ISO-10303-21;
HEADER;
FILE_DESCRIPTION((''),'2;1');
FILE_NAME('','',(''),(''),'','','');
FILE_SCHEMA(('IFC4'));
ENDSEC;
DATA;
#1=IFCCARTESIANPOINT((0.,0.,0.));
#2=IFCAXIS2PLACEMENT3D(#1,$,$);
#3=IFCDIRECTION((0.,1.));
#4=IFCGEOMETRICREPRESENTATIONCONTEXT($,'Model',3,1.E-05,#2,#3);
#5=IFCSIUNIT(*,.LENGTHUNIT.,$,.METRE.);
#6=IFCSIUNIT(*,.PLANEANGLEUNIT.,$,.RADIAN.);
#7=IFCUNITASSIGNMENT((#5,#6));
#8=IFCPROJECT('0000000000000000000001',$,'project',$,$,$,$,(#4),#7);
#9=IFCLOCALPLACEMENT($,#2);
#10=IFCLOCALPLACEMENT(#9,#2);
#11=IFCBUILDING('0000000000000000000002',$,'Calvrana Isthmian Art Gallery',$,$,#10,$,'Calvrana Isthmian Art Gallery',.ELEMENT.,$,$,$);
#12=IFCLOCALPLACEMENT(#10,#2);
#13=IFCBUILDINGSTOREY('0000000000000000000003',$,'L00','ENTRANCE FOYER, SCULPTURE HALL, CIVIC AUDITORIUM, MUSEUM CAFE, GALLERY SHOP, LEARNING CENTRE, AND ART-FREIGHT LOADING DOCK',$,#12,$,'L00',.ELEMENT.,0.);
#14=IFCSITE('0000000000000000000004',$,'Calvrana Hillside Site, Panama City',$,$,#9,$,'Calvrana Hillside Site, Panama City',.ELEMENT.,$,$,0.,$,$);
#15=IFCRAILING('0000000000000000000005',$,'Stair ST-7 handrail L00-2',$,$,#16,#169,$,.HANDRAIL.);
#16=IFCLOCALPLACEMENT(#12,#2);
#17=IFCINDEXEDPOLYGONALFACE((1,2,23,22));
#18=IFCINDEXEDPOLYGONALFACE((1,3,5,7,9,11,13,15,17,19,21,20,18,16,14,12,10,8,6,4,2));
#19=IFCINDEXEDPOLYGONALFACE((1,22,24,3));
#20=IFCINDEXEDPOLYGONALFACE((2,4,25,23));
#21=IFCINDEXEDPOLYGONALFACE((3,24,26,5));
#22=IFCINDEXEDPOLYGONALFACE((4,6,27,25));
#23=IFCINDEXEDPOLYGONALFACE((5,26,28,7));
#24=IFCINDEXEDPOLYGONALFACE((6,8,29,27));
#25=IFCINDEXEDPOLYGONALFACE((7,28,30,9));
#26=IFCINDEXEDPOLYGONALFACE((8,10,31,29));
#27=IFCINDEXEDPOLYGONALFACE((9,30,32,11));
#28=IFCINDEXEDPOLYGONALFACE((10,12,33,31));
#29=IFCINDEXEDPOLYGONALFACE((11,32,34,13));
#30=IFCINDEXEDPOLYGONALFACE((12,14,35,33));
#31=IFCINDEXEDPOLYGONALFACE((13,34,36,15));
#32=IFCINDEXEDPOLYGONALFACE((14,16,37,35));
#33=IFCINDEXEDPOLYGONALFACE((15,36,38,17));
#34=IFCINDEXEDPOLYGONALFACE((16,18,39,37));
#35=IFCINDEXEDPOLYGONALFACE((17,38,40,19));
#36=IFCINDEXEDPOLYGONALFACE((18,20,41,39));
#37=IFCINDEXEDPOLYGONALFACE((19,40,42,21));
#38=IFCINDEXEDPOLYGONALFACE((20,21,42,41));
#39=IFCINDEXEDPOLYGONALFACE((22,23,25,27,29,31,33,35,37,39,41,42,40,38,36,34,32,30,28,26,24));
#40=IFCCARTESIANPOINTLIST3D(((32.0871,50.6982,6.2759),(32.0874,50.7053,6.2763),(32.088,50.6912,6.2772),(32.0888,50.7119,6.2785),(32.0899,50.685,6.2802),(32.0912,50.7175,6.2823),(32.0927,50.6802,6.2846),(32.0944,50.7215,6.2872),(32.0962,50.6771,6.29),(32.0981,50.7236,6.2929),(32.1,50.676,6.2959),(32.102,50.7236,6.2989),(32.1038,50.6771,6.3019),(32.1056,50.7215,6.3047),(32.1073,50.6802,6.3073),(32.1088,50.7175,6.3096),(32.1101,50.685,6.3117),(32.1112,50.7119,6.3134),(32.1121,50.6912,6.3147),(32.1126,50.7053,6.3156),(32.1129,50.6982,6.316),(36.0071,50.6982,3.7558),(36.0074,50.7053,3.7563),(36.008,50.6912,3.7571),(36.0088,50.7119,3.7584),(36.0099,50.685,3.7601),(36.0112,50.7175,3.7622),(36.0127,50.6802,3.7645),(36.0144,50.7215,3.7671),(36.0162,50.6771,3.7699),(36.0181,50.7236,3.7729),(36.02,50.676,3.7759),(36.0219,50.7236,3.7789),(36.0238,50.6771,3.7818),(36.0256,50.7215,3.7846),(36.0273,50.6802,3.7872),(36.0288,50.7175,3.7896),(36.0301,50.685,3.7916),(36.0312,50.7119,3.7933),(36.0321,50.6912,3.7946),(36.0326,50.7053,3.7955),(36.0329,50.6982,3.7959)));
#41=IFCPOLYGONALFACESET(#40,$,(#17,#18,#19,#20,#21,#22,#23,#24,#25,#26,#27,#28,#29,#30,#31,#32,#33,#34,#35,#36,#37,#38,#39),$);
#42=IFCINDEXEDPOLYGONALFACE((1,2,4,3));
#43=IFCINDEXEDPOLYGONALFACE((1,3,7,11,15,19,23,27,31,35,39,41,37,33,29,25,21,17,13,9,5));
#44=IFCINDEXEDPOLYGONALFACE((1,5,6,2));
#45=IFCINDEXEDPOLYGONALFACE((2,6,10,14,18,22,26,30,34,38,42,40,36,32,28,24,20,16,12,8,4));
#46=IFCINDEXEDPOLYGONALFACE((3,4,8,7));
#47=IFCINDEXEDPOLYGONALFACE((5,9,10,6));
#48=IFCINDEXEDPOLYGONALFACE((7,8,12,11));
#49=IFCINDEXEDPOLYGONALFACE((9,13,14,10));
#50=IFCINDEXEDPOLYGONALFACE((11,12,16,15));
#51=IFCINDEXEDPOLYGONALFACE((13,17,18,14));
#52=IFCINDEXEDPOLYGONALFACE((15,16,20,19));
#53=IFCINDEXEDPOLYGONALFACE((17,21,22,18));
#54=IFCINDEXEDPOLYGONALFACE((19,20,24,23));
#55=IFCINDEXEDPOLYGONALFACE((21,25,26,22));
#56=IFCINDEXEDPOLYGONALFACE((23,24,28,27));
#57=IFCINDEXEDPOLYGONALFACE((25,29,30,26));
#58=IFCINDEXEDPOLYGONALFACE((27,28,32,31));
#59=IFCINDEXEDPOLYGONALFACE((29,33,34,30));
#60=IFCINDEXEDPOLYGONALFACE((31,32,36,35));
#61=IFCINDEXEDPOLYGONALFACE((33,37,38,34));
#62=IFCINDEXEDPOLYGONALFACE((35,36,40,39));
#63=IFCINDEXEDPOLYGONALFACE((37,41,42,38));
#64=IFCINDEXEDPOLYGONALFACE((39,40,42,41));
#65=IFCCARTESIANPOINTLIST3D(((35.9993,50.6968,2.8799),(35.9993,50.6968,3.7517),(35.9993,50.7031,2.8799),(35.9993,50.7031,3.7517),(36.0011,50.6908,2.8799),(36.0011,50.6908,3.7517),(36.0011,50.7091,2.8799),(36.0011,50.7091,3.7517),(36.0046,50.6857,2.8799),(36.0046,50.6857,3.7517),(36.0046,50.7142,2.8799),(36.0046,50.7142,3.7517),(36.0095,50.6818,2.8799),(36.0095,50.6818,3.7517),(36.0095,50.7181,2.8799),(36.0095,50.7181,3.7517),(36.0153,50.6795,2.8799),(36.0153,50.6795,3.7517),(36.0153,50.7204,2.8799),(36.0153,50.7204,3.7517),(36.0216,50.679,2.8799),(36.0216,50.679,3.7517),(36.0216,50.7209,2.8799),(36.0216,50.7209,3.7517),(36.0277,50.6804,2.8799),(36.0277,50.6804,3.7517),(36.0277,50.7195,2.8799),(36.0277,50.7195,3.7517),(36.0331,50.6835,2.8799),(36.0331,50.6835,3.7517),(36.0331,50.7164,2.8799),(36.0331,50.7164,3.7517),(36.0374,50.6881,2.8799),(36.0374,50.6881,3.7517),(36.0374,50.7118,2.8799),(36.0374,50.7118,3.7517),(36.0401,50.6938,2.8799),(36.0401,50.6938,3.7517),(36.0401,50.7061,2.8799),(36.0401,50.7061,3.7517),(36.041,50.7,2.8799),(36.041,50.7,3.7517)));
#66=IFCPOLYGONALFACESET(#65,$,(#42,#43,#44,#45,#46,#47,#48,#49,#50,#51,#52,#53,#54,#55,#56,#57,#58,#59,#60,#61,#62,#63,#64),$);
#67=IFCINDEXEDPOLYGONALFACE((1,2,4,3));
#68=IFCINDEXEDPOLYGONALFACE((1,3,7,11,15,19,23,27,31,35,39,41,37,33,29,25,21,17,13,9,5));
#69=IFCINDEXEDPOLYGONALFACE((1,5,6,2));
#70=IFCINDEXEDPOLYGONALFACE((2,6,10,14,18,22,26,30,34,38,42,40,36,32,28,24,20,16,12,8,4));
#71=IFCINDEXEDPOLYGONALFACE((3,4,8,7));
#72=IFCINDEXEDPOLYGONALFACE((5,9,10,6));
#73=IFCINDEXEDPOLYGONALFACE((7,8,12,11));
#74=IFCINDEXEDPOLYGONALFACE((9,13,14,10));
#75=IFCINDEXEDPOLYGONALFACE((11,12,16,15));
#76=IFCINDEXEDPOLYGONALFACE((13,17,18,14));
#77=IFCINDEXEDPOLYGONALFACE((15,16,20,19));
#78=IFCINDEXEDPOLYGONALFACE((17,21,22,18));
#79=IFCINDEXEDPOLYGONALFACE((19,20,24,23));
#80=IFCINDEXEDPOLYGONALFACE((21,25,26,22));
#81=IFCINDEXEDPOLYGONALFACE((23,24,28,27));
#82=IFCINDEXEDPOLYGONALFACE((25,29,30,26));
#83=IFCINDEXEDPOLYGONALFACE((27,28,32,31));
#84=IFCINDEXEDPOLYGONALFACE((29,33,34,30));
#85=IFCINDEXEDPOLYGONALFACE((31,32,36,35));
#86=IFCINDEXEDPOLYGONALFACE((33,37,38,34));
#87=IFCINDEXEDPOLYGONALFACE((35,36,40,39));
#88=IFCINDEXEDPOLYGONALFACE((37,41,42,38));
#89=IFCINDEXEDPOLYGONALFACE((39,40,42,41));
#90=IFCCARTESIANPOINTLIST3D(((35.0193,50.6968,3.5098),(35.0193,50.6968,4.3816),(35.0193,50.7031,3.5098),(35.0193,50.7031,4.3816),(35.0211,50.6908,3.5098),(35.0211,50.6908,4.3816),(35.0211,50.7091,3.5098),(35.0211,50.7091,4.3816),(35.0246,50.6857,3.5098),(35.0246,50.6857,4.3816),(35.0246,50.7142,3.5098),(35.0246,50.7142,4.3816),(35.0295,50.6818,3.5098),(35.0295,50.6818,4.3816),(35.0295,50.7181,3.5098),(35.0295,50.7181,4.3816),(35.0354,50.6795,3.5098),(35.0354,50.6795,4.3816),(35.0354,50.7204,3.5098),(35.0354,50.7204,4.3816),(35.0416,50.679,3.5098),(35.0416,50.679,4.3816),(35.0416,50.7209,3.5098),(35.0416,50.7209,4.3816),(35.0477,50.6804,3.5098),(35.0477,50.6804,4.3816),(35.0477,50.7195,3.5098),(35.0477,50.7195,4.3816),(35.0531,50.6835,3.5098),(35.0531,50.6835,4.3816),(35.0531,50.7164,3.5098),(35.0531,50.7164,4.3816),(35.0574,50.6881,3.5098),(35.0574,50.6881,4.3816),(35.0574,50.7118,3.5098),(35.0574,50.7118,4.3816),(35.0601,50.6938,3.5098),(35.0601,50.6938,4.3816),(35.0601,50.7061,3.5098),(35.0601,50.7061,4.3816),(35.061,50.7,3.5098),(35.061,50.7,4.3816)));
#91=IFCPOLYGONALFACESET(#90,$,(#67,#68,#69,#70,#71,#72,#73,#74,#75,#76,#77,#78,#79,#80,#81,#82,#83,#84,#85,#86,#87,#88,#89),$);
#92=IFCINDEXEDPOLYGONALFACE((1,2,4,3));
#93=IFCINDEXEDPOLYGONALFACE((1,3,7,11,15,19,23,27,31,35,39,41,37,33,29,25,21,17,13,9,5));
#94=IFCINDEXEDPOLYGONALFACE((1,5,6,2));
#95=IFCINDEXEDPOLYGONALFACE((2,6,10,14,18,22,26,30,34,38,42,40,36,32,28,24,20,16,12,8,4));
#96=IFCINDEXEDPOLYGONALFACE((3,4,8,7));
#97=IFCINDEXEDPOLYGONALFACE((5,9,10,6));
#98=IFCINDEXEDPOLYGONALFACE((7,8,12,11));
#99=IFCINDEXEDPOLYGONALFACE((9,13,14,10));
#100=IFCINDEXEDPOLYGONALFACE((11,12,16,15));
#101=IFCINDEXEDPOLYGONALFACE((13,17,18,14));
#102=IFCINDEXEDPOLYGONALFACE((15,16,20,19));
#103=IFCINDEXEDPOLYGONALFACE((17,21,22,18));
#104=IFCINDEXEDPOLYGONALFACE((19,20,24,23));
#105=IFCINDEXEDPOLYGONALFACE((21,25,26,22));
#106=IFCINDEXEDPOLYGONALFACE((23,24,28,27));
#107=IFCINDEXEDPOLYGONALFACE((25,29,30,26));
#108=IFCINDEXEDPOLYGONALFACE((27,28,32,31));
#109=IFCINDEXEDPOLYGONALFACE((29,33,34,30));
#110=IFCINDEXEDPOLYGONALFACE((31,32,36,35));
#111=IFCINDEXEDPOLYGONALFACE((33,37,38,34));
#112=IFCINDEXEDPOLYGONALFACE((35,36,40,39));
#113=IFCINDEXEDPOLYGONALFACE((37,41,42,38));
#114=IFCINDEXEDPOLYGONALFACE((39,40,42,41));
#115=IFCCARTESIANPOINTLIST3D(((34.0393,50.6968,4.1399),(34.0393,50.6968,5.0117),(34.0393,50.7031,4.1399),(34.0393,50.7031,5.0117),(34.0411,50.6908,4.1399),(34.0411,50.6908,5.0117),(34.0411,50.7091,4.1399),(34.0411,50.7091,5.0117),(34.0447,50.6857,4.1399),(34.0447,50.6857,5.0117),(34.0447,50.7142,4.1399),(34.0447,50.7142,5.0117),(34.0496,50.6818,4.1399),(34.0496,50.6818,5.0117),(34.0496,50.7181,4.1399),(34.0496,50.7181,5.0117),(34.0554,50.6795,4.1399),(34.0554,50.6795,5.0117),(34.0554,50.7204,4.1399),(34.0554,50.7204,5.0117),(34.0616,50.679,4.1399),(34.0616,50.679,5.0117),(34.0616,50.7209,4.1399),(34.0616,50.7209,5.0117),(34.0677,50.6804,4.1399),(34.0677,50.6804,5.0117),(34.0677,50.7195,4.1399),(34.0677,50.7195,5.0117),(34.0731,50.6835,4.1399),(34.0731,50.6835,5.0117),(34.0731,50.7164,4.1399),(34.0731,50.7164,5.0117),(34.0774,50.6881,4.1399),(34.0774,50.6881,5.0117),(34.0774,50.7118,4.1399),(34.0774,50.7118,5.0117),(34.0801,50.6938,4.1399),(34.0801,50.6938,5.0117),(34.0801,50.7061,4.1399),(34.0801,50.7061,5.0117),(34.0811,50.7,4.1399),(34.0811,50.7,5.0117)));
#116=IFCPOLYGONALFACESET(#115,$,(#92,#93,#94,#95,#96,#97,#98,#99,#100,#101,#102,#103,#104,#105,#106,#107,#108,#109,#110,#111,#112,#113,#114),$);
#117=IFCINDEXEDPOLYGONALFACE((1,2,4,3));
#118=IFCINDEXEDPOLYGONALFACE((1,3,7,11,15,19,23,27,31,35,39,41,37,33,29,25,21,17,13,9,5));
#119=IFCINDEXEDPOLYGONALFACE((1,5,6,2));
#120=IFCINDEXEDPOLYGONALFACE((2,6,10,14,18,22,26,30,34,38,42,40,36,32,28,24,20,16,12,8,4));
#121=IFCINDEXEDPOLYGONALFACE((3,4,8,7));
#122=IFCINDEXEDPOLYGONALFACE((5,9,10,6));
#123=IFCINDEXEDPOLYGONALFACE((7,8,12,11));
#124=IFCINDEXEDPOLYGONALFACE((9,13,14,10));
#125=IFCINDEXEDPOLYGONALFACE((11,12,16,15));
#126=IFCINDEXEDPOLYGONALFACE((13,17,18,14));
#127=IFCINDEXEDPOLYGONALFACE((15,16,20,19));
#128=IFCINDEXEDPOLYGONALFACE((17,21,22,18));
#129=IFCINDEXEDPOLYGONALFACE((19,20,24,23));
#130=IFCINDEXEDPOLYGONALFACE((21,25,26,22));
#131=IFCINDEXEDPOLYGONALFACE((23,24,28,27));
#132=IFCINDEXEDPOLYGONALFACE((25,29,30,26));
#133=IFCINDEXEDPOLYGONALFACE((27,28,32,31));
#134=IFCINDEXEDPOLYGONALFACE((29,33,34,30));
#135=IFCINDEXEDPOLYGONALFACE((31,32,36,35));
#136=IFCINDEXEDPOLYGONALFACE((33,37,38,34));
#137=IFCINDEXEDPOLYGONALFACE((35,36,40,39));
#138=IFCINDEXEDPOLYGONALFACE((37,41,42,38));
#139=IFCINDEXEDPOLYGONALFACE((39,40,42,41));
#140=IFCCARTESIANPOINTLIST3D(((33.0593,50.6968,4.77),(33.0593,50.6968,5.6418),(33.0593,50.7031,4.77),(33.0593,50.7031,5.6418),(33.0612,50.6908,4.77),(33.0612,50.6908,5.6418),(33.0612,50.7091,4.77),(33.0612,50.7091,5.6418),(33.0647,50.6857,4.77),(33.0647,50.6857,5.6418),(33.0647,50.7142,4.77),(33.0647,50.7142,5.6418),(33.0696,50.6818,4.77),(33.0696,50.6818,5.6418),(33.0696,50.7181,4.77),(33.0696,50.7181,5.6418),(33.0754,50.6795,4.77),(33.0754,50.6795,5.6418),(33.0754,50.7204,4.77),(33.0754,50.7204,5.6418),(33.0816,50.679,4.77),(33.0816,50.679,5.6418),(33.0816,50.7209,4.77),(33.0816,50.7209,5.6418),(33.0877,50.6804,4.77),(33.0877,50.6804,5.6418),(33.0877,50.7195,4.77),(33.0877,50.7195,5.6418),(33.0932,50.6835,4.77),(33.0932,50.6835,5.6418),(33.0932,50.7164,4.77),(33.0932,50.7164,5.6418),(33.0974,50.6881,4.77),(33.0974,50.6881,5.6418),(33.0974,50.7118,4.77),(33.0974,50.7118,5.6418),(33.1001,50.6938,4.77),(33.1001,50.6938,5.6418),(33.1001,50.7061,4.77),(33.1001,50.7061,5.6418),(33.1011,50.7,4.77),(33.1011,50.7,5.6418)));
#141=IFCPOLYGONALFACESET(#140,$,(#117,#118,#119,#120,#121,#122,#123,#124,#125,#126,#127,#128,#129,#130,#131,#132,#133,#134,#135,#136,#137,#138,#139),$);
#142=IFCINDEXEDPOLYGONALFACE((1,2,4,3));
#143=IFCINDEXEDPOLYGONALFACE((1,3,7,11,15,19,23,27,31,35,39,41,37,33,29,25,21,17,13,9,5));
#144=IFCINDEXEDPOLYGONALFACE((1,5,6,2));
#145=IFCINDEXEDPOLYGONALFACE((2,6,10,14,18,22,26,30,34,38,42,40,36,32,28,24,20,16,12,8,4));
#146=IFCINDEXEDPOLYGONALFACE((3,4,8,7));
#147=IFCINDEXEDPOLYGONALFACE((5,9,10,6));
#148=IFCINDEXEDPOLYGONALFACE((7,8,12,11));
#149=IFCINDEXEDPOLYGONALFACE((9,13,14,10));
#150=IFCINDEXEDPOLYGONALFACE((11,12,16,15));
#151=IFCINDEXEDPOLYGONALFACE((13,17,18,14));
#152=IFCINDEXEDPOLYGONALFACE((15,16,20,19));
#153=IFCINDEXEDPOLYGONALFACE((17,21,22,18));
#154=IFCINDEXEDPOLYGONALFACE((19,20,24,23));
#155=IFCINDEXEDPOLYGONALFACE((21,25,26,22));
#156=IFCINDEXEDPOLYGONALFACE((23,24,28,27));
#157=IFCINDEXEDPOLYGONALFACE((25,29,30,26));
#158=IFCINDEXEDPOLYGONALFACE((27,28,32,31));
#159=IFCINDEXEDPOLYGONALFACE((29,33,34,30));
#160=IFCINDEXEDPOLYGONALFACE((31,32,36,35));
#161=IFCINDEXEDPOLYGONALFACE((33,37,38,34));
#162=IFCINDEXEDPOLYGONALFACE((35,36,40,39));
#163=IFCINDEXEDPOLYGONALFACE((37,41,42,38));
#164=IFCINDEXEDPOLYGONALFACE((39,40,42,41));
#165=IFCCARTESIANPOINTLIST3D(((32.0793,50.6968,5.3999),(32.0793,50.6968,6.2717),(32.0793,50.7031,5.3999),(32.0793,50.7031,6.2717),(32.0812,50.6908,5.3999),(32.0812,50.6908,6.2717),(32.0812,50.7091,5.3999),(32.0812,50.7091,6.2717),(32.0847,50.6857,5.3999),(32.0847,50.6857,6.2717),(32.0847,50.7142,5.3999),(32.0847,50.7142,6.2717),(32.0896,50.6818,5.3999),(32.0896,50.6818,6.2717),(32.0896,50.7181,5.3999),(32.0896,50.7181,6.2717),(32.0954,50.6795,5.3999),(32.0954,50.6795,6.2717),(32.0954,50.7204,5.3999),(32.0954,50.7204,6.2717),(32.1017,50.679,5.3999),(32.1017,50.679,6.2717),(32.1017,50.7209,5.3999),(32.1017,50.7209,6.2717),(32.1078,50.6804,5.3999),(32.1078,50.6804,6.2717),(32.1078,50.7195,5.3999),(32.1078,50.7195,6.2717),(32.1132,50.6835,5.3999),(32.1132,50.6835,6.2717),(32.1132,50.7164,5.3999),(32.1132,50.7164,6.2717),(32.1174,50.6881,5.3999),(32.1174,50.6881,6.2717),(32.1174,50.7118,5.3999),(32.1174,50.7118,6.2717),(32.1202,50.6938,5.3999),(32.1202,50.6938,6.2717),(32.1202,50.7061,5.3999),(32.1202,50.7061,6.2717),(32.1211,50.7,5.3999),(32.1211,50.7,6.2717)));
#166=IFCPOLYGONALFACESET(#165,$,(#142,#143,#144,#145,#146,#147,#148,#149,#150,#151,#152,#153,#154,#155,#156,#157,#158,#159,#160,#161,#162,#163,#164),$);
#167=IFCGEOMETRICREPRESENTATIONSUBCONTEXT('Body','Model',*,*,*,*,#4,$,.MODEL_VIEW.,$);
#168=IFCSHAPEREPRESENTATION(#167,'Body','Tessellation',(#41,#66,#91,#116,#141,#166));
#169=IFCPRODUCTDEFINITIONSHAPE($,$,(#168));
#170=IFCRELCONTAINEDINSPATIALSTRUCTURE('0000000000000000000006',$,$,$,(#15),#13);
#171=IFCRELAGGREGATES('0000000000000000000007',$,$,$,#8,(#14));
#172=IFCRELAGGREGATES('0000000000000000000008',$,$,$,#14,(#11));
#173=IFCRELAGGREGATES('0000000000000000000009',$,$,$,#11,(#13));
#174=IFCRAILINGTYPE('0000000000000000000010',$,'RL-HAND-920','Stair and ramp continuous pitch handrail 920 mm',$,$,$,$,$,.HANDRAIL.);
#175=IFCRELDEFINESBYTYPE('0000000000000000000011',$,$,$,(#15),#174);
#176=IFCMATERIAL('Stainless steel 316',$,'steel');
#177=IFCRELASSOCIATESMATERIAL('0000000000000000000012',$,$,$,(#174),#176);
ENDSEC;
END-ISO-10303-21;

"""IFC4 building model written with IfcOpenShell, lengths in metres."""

from ifc_helpers import new_model, si_unit, direction, frame, origin, origin_2d, place, context, subcontext, project, spatial, circle, extrude, material, type_object, element, save


model = new_model("IFC4")

# Units and contexts
model_context = context("Model", 3, precision=1e-05, world=origin(), true_north=direction((0.0, 1.0)))
body_context = subcontext(model_context, "Body", "Model", "MODEL_VIEW")
ifc_project = project(units=[si_unit("LENGTHUNIT", "METRE"), si_unit("PLANEANGLEUNIT", "RADIAN")], contexts=[model_context])

# Site, building, storey
site_placement = place(None, origin())
site = spatial("IfcSite", under=ifc_project, at=site_placement, Name="Calvrana Hillside Site, Panama City", LongName="Calvrana Hillside Site, Panama City", CompositionType="ELEMENT", RefElevation=0.0)
building_placement = place(site_placement, origin())
building = spatial("IfcBuilding", under=site, at=building_placement, Name="Calvrana Isthmian Art Gallery", LongName="Calvrana Isthmian Art Gallery", CompositionType="ELEMENT")
storey_placement = place(building_placement, origin())
storey = spatial("IfcBuildingStorey", under=building, at=storey_placement, Name="L00", Description="ENTRANCE FOYER, SCULPTURE HALL, CIVIC AUDITORIUM, MUSEUM CAFE, GALLERY SHOP, LEARNING CENTRE, AND ART-FREIGHT LOADING DOCK", LongName="L00", CompositionType="ELEMENT", Elevation=0.0)

# Railing
ifc_material_1 = material(Name="Stainless steel 316", Category="steel")
railing_type_1 = type_object("IfcRailingType", Name="RL-HAND-920", Description="Stair and ramp continuous pitch handrail 920 mm", PredefinedType="HANDRAIL", material=ifc_material_1)
railing_1_placement = place(storey_placement, frame((36.02, 50.7, 2.8799)))
element("IfcRailing", 1, at=railing_1_placement, inside=storey, type_object=railing_type_1, Name="Stair ST-7 handrail L00-2", PredefinedType="HANDRAIL", context=body_context, shape_type="SweptSolid", body=[
    extrude(circle(Radius=0.0239, at=origin_2d()), frame((0.0, 0.0, 0.896), z_axis=(-0.841172, 0.0, 0.540768), x_axis=(0.0, -1.0, 0.0)), (0.0, 0.0, 1.0), 4.6602),
    extrude(circle(Radius=0.021, at=origin_2d()), origin(), (0.0, 0.0, 1.0), 0.8718),
    extrude(circle(Radius=0.021, at=origin_2d()), frame((-0.98, 0.0, 0.6299)), (0.0, 0.0, 1.0), 0.8718),
    extrude(circle(Radius=0.021, at=origin_2d()), frame((-1.96, 0.0, 1.26)), (0.0, 0.0, 1.0), 0.8718),
    extrude(circle(Radius=0.021, at=origin_2d()), frame((-2.9399, 0.0, 1.8901)), (0.0, 0.0, 1.0), 0.8718),
    extrude(circle(Radius=0.021, at=origin_2d()), frame((-3.9199, 0.0, 2.52)), (0.0, 0.0, 1.0), 0.8718),
])

save(model, "model.ifc")
